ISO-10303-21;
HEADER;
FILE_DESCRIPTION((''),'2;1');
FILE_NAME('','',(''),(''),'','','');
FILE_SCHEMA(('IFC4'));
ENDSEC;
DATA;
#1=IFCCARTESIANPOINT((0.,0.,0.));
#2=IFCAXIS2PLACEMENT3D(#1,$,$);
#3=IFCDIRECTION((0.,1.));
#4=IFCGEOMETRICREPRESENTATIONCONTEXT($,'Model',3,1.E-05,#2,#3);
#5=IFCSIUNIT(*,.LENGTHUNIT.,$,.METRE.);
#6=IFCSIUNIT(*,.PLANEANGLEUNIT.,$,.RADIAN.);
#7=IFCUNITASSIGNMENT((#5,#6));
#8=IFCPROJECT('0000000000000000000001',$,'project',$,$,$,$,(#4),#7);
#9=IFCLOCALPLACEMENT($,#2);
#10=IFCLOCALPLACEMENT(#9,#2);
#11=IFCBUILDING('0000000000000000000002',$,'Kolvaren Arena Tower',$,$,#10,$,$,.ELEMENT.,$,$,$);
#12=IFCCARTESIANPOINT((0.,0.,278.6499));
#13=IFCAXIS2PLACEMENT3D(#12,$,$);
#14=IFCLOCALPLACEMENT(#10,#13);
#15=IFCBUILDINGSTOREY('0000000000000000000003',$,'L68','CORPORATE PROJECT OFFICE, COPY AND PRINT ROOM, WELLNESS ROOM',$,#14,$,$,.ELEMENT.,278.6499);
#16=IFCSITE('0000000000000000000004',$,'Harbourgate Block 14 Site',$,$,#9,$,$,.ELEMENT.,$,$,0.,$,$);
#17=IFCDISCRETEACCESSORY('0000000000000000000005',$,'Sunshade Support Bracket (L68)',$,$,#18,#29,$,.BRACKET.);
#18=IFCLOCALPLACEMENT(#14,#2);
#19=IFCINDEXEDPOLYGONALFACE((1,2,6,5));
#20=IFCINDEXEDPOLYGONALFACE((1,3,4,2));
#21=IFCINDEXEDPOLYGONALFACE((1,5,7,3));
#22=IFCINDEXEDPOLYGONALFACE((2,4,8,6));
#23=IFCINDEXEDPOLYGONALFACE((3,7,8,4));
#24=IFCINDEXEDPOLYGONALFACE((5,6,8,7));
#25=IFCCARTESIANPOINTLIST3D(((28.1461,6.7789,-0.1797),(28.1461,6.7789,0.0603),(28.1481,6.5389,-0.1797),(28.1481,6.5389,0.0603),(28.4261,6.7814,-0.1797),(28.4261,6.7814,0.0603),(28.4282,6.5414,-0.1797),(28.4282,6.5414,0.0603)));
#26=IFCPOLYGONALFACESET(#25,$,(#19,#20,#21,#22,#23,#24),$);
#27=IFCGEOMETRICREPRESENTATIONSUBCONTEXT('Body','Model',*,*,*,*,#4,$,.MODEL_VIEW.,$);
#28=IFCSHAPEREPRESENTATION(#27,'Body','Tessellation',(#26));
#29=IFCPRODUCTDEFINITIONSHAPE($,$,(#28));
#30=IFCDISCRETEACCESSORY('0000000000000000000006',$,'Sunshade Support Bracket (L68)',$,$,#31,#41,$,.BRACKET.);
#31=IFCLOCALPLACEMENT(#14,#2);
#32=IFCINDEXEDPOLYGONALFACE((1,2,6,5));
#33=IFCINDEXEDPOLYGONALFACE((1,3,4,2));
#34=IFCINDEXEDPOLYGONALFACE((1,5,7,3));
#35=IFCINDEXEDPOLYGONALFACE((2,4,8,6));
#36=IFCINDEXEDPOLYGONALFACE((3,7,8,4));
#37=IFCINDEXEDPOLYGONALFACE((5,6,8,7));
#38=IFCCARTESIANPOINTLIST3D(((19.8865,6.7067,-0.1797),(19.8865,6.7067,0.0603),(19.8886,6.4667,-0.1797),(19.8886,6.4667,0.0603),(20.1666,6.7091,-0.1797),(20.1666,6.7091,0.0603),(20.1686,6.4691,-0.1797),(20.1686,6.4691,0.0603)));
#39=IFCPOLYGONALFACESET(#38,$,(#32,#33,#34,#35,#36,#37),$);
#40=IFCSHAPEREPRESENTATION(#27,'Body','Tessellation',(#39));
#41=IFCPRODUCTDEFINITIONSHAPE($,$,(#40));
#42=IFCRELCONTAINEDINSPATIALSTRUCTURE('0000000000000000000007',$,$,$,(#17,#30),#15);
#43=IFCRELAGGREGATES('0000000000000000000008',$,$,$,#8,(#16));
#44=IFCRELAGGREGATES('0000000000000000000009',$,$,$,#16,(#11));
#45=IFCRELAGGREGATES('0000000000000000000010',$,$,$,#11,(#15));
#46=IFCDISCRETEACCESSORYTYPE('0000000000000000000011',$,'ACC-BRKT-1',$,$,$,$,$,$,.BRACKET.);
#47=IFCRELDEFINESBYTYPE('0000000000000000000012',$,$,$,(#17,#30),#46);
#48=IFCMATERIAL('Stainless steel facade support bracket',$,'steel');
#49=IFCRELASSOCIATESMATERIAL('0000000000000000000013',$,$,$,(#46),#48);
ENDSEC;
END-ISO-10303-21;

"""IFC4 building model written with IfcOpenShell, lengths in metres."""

from ifc_helpers import new_model, si_unit, direction, frame, origin, origin_2d, place, context, subcontext, project, spatial, rectangle, extrude, material, type_object, element, save


model = new_model("IFC4")

# Units and contexts
model_context = context("Model", 3, precision=1e-05, world=origin(), true_north=direction((0.0, 1.0)))
body_context = subcontext(model_context, "Body", "Model", "MODEL_VIEW")
ifc_project = project(units=[si_unit("LENGTHUNIT", "METRE"), si_unit("PLANEANGLEUNIT", "RADIAN")], contexts=[model_context])

# Site, building, storey
site_placement = place(None, origin())
site = spatial("IfcSite", under=ifc_project, at=site_placement, Name="Harbourgate Block 14 Site", CompositionType="ELEMENT", RefElevation=0.0)
building_placement = place(site_placement, origin())
building = spatial("IfcBuilding", under=site, at=building_placement, Name="Kolvaren Arena Tower", CompositionType="ELEMENT")
storey_placement = place(building_placement, frame((0.0, 0.0, 278.6499)))
storey = spatial("IfcBuildingStorey", under=building, at=storey_placement, Name="L68", Description="CORPORATE PROJECT OFFICE, COPY AND PRINT ROOM, WELLNESS ROOM", CompositionType="ELEMENT", Elevation=278.6499)

# Discrete accessories
ifc_material_1 = material(Name="Stainless steel facade support bracket", Category="steel")
discrete_accessory_type = type_object("IfcDiscreteAccessoryType", Name="ACC-BRKT-1", PredefinedType="BRACKET", material=ifc_material_1)
for number, where, z_axis, x_axis, name in (
    (1, (28.2871, 6.6602, -0.1797), (0.0, 0.0, 1.0), (-0.999962, -0.008727, 0.0), "Sunshade Support Bracket (L68)"),
    (2, (20.0276, 6.5879, -0.1797), (0.0, 0.0, 1.0), (-0.999962, -0.008727, 0.0), "Sunshade Support Bracket (L68)"),
):
    element("IfcDiscreteAccessory", number, at=place(storey_placement, frame(where, z_axis=z_axis, x_axis=x_axis)), inside=storey, type_object=discrete_accessory_type, Name=name, PredefinedType="BRACKET", context=body_context, shape_type="SweptSolid", body=[
        extrude(rectangle(XDim=0.28, YDim=0.24, at=origin_2d()), origin(), (0.0, 0.0, 1.0), 0.24),
    ])

save(model, "model.ifc")
